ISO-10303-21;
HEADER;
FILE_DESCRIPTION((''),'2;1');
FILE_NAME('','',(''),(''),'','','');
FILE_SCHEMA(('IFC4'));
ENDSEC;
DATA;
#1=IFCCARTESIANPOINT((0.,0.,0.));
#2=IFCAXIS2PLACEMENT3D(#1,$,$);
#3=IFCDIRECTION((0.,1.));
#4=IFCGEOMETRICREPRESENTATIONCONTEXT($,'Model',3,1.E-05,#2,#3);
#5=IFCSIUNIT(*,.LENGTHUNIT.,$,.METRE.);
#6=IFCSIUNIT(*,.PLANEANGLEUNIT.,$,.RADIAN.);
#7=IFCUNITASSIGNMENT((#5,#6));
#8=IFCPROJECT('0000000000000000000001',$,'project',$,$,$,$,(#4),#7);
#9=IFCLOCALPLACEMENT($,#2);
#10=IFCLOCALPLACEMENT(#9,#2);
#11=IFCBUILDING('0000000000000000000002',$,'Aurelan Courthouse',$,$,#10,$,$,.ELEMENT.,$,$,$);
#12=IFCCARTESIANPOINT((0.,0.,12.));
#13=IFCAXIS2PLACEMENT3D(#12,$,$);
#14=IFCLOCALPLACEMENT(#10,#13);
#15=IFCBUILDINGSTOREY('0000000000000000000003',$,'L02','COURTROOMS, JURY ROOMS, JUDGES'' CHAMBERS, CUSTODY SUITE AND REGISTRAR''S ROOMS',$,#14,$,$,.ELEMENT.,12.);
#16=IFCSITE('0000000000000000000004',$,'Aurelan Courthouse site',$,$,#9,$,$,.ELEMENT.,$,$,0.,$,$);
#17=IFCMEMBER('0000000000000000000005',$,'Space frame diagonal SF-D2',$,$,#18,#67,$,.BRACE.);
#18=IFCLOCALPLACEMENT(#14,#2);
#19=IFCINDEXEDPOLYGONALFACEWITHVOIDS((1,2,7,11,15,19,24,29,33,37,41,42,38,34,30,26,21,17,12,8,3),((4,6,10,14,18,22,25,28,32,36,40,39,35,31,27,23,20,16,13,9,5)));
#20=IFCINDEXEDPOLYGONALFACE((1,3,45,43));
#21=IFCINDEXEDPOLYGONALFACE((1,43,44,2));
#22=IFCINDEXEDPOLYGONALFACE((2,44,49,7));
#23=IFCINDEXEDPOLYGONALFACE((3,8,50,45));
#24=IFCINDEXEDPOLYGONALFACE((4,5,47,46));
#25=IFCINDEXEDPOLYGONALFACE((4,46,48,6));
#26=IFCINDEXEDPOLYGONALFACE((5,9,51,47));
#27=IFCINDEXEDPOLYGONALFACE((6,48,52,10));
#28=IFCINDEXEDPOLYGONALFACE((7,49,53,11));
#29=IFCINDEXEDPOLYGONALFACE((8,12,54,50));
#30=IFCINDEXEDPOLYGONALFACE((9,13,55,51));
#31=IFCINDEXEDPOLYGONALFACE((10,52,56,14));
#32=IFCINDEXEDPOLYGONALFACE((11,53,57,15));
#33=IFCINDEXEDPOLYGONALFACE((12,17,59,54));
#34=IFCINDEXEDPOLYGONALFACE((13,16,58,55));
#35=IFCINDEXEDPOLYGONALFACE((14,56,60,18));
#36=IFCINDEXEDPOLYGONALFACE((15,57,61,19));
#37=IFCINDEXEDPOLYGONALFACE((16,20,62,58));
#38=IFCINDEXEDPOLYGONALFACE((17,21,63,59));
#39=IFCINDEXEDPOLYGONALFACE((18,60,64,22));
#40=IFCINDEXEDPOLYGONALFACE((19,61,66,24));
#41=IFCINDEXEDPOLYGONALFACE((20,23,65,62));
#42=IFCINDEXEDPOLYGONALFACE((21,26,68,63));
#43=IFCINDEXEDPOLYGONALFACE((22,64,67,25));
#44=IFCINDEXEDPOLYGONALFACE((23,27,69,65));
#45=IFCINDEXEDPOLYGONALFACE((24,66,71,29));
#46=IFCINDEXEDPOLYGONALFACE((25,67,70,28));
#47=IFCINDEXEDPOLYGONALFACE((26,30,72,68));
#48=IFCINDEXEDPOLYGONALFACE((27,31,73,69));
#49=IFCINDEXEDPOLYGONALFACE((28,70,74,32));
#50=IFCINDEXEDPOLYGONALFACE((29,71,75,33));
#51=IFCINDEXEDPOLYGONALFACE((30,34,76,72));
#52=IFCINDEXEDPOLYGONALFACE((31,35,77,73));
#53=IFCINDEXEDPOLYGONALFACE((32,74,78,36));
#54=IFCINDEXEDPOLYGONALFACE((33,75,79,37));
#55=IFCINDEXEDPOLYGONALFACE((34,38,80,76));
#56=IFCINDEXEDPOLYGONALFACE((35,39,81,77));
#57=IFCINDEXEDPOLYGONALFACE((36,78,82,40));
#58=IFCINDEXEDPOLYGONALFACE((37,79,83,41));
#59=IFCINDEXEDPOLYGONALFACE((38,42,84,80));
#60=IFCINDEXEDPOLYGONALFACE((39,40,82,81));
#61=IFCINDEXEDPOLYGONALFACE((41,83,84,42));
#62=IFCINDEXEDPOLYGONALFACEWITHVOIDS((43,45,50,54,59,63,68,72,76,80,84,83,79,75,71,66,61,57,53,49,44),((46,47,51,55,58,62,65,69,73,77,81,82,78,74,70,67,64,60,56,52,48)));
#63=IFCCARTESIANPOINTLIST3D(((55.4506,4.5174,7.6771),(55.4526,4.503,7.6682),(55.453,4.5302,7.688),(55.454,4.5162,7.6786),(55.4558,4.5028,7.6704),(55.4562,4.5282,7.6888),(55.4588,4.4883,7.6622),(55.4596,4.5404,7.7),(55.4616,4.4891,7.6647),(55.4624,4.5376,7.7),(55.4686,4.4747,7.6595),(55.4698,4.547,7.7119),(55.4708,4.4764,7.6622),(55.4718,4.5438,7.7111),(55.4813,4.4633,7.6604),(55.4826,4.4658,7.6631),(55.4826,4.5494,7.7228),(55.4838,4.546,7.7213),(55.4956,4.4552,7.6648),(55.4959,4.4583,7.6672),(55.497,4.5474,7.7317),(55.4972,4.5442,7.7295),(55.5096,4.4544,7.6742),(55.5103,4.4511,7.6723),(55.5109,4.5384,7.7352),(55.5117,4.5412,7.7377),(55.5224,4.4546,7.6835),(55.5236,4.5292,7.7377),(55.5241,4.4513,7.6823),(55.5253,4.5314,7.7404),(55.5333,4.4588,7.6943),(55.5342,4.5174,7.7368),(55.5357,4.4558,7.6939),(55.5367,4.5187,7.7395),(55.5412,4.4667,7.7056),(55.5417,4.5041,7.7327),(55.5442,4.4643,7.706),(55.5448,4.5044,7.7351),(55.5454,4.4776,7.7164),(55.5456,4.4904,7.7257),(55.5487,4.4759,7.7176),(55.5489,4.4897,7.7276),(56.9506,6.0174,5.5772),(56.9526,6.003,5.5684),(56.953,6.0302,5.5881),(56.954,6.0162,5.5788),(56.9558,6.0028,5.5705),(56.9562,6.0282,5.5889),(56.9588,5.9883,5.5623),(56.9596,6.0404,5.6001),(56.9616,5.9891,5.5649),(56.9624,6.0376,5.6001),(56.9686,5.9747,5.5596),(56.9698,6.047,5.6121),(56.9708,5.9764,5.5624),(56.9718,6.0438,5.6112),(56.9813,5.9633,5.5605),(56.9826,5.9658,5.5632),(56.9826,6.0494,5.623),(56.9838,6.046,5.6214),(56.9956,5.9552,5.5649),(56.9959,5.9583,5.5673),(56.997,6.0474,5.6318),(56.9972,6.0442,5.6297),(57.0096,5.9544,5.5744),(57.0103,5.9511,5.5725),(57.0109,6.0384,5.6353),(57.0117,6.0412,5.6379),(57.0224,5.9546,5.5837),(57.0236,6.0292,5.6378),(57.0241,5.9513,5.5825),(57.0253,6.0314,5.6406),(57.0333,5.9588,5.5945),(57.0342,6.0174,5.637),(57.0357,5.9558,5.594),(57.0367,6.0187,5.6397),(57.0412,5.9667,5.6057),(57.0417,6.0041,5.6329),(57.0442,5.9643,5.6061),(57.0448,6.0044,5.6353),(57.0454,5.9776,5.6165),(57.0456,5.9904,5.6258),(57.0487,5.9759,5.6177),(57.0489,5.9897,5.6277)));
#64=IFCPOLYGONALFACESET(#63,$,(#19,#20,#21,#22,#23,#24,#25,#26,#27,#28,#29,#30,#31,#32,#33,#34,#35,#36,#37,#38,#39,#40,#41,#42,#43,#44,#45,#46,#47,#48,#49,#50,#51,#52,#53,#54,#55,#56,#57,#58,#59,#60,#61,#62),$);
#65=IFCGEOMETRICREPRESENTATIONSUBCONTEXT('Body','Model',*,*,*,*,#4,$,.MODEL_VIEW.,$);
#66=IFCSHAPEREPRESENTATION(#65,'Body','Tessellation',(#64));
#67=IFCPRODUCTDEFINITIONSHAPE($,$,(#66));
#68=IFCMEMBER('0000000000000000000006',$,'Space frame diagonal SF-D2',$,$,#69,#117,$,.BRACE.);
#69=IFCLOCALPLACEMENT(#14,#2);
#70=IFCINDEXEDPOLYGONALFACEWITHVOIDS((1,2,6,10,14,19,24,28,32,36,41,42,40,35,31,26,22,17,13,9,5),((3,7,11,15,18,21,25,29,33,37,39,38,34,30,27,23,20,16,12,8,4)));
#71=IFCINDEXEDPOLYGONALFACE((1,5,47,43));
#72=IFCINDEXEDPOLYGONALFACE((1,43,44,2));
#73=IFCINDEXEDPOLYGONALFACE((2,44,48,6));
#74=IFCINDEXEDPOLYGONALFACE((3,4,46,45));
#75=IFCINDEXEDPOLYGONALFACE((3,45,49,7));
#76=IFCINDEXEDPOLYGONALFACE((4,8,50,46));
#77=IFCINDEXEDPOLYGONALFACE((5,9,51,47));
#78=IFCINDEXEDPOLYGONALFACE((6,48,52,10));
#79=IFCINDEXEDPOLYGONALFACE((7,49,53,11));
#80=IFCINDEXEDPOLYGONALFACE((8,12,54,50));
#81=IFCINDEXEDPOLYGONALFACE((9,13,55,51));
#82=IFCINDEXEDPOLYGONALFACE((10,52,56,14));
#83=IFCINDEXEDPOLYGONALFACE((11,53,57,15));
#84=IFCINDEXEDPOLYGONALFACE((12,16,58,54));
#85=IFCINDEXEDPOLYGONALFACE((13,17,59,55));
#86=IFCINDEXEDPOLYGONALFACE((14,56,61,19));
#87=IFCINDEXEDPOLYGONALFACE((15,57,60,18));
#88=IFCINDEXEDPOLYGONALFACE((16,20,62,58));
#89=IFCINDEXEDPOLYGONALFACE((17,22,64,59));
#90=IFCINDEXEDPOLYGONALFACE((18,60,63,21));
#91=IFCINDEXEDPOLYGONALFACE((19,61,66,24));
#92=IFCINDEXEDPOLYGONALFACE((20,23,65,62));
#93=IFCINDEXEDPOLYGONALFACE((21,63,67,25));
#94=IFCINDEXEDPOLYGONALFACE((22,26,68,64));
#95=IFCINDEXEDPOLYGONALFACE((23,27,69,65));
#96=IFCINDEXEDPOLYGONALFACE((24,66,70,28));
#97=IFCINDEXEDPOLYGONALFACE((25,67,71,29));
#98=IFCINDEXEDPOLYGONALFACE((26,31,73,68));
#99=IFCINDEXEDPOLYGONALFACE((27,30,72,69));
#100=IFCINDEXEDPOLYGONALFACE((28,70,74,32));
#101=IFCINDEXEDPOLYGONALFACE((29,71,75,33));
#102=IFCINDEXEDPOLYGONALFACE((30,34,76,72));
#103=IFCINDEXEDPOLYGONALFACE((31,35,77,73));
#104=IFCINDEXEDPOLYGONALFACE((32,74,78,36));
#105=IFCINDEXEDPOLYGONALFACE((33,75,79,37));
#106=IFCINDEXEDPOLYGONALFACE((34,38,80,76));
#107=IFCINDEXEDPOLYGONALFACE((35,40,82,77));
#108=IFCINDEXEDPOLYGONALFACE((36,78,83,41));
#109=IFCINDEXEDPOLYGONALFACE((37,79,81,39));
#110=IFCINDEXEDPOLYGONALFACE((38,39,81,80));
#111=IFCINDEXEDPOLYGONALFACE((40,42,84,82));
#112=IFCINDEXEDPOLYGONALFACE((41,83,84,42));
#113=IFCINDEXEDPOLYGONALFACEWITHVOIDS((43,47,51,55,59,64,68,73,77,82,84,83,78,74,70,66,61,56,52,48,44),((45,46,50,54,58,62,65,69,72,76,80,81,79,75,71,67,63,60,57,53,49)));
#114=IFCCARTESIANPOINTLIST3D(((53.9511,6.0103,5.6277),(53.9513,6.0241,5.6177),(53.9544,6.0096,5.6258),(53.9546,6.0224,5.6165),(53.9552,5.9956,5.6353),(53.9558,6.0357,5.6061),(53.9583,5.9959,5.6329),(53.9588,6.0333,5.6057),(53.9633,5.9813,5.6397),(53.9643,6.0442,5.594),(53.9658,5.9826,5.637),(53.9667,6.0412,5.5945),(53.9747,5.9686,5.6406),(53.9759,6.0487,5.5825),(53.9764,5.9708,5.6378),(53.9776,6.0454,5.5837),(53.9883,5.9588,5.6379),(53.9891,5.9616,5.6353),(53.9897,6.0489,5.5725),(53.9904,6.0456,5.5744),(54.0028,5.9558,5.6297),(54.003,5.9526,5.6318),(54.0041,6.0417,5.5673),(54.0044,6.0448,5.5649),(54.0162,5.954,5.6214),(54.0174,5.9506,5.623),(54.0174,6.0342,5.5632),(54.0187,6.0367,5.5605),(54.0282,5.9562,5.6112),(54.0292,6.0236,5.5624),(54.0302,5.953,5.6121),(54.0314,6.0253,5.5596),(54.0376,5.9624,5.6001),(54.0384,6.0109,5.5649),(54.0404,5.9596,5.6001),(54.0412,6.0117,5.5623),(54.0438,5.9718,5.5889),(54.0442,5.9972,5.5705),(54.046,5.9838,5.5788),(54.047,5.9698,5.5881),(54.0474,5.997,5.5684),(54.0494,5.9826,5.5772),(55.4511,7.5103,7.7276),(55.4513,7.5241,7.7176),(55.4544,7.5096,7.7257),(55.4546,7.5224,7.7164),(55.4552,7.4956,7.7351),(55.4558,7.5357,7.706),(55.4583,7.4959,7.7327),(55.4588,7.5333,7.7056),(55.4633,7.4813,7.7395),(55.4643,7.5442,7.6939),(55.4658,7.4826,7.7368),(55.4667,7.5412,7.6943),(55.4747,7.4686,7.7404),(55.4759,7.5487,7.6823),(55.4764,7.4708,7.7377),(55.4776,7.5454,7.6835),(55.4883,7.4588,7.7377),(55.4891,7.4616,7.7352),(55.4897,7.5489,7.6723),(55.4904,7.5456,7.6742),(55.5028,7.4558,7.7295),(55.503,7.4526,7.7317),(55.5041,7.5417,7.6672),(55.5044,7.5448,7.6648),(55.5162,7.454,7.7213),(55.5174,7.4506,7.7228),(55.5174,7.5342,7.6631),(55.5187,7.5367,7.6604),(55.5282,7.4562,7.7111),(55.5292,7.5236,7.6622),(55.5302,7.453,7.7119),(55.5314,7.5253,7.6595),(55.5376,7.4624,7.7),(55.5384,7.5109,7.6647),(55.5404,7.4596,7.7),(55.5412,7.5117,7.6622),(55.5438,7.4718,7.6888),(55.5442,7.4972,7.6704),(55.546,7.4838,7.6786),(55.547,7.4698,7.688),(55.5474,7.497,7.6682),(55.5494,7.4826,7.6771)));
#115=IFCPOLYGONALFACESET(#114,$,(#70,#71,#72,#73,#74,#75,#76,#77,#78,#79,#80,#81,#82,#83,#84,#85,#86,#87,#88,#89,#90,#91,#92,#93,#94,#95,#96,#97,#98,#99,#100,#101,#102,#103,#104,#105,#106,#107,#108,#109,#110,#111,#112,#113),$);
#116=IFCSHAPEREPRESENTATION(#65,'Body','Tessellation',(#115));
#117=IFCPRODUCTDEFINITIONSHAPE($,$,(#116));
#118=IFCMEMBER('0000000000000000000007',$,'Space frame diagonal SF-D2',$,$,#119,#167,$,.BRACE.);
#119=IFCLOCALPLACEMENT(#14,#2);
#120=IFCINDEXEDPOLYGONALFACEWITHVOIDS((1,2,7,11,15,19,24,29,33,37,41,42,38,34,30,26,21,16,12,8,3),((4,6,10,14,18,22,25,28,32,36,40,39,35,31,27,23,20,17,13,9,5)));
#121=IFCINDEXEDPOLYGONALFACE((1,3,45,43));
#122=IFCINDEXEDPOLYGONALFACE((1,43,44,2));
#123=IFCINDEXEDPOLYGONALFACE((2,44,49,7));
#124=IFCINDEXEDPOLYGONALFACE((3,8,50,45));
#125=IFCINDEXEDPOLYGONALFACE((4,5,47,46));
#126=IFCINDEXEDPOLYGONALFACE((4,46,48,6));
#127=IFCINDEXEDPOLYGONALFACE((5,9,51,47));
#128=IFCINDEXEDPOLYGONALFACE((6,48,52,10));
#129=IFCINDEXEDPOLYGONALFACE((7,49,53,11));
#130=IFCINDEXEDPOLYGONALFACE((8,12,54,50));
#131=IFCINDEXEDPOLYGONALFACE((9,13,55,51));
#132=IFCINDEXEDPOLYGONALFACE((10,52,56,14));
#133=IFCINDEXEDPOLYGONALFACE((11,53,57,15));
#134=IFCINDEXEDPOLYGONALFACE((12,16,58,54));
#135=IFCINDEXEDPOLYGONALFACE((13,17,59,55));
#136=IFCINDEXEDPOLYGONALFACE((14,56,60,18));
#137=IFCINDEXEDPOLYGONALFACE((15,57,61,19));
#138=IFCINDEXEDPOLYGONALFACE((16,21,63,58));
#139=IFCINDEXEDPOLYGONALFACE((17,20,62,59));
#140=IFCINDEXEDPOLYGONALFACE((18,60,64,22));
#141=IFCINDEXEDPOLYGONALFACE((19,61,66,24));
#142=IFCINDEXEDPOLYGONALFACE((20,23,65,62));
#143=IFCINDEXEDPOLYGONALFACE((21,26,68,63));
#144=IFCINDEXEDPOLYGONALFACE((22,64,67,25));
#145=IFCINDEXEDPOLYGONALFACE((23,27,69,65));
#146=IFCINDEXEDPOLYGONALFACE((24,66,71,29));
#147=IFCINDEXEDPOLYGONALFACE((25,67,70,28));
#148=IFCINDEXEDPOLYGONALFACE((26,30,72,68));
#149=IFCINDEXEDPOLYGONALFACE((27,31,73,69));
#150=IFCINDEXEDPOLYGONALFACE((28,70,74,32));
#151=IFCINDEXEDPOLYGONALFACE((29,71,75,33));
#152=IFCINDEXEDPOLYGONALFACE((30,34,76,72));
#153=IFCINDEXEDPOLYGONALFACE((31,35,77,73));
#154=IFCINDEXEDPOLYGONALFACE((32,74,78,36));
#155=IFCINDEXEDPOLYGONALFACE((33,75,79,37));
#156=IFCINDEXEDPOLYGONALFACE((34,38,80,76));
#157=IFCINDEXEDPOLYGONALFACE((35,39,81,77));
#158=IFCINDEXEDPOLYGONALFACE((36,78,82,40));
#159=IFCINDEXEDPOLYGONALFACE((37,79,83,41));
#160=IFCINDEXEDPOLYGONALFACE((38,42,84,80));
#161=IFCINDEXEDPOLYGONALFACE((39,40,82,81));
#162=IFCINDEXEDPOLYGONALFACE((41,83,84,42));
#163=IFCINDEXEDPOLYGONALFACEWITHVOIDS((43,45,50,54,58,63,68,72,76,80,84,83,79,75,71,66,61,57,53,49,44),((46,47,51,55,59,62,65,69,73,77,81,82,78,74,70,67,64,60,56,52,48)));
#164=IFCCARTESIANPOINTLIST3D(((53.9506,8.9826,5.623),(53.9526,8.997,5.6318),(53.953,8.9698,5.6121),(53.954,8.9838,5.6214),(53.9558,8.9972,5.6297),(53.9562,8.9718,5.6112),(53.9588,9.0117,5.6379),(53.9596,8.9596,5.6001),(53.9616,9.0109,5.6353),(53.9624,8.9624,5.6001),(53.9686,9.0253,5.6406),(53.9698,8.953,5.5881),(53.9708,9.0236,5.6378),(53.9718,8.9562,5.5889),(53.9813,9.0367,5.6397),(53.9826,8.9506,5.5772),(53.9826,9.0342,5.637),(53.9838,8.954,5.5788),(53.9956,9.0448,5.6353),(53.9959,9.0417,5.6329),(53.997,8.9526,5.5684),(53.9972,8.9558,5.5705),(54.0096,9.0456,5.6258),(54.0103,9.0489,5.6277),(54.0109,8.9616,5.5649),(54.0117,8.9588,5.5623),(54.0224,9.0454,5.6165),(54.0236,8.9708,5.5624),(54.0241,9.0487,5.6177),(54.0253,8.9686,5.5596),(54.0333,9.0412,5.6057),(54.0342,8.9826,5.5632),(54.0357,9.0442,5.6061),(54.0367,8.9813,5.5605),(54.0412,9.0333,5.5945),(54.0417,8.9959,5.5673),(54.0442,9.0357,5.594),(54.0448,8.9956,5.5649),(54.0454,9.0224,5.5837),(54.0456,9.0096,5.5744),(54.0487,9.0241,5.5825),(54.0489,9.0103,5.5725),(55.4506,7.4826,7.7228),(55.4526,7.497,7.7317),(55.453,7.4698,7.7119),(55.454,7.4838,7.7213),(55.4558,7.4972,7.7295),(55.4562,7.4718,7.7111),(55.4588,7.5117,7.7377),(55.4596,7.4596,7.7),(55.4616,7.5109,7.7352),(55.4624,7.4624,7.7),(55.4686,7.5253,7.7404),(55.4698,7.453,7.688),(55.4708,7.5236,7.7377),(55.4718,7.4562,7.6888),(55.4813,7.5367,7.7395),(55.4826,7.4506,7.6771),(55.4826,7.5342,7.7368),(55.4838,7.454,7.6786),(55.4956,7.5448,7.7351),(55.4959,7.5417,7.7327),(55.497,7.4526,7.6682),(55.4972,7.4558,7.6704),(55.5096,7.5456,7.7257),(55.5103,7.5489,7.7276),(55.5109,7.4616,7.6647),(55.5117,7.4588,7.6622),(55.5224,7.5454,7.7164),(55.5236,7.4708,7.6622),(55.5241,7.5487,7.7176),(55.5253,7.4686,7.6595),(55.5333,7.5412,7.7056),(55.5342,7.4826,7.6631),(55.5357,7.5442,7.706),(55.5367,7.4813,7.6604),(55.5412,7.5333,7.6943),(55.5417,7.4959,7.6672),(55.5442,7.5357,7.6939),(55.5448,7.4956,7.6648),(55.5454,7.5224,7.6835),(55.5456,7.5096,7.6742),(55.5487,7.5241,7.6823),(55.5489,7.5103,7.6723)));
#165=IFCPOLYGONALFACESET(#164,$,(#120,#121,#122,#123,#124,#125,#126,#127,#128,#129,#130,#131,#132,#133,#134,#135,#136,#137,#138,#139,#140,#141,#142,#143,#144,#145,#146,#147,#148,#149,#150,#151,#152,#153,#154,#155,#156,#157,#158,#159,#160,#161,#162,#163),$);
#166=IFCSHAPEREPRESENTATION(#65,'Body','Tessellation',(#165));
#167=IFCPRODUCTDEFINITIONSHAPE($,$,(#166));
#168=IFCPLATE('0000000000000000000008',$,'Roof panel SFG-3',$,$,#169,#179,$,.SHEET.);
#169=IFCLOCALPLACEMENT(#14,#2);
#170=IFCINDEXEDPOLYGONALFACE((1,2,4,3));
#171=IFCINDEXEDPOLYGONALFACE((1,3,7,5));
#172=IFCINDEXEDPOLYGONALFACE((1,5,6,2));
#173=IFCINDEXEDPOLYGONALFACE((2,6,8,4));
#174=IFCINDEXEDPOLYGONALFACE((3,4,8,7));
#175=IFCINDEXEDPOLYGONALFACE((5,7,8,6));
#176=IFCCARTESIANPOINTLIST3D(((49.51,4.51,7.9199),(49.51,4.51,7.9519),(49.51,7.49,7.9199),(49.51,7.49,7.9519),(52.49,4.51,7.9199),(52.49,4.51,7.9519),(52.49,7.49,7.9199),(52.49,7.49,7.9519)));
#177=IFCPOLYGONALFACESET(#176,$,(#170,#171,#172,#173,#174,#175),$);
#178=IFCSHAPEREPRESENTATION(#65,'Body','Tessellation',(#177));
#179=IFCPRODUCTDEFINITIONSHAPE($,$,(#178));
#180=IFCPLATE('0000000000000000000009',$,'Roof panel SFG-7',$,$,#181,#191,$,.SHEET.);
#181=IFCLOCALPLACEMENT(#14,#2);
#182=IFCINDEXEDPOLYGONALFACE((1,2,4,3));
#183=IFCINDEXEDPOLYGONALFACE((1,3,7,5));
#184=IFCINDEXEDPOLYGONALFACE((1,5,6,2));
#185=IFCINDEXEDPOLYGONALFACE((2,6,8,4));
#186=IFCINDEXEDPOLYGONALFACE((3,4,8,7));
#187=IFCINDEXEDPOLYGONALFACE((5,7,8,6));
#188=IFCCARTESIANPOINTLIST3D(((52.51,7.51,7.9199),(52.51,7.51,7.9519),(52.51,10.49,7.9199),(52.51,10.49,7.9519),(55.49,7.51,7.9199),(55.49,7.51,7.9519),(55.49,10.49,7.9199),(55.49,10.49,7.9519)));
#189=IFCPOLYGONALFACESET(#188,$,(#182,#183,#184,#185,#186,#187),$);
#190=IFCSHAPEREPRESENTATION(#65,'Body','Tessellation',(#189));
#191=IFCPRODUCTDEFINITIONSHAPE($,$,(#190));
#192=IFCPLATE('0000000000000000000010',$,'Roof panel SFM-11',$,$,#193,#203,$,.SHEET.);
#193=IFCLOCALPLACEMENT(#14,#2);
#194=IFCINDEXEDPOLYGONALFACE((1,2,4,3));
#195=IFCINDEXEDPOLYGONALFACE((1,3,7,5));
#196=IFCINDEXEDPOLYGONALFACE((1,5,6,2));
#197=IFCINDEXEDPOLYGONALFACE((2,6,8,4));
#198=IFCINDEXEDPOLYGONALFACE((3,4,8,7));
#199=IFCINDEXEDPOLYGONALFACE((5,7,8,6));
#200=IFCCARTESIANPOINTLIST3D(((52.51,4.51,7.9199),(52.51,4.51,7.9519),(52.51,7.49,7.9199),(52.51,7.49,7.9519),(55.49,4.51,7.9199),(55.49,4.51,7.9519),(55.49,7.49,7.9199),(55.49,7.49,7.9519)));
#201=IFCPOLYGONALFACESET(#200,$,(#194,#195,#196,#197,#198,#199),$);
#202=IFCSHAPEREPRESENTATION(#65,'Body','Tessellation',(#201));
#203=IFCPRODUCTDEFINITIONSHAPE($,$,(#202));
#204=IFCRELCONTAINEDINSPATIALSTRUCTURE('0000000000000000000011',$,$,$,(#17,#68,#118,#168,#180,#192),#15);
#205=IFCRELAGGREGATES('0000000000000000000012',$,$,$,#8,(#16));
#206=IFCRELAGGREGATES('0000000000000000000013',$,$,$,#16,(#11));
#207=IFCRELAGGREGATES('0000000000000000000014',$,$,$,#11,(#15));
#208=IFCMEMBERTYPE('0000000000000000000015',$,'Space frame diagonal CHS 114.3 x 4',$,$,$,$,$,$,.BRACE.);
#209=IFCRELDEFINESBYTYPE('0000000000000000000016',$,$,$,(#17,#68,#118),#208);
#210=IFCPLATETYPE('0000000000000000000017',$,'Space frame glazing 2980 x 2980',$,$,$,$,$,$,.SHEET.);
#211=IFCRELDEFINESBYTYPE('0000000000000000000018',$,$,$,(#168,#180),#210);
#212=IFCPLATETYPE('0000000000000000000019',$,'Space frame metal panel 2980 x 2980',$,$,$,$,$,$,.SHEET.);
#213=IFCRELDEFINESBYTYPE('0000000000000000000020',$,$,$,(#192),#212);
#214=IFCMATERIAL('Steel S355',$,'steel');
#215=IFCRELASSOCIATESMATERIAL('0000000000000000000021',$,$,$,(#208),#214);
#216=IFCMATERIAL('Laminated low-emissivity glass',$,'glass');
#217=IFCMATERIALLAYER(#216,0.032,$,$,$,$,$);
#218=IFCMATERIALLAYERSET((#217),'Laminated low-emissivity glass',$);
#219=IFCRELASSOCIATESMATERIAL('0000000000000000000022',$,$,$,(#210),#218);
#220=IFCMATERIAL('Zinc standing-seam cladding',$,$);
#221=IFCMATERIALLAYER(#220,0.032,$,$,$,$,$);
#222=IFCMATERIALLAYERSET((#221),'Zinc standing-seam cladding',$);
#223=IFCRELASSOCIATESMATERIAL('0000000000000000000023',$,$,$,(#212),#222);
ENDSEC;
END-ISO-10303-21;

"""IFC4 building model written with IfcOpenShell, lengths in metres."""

from ifc_helpers import new_model, si_unit, direction, frame, origin, origin_2d, place, context, subcontext, project, spatial, rectangle, hollow_circle, extrude, material, layer, layer_set, material_profile, profile_set, type_object, element, save


model = new_model("IFC4")

# Units and contexts
model_context = context("Model", 3, precision=1e-05, world=origin(), true_north=direction((0.0, 1.0)))
body_context = subcontext(model_context, "Body", "Model", "MODEL_VIEW")
ifc_project = project(units=[si_unit("LENGTHUNIT", "METRE"), si_unit("PLANEANGLEUNIT", "RADIAN")], contexts=[model_context])

# Site, building, storey
site_placement = place(None, origin())
site = spatial("IfcSite", under=ifc_project, at=site_placement, Name="Aurelan Courthouse site", CompositionType="ELEMENT", RefElevation=0.0)
building_placement = place(site_placement, origin())
building = spatial("IfcBuilding", under=site, at=building_placement, Name="Aurelan Courthouse", CompositionType="ELEMENT")
storey_placement = place(building_placement, frame((0.0, 0.0, 12.0)))
storey = spatial("IfcBuildingStorey", under=building, at=storey_placement, Name="L02", Description="COURTROOMS, JURY ROOMS, JUDGES' CHAMBERS, CUSTODY SUITE AND REGISTRAR'S ROOMS", CompositionType="ELEMENT", Elevation=12.0)

# Members
ifc_material_1 = material(Name="Steel S355", Category="steel")
ifc_material_profile_1 = material_profile(ifc_material_1, hollow_circle(Radius=0.0571, WallThickness=0.0039, at=origin_2d()), Name="CHS 114.3 x 4")
ifc_profile_set_1 = profile_set([ifc_material_profile_1], Name="Steel S355")
member_type_1 = type_object("IfcMemberType", Name="Space frame diagonal CHS 114.3 x 4", PredefinedType="BRACE", material=ifc_profile_set_1)
for number, where, z_axis, x_axis, name in (
    (1, (55.5, 4.5, 7.7), (0.502536, 0.502536, -0.703502), (-0.707107, 0.707107, 0.0), "Space frame diagonal SF-D2"),
    (2, (55.5, 7.5, 7.7), (-0.502536, -0.502536, -0.703502), (0.707107, -0.707107, 0.0), "Space frame diagonal SF-D2"),
    (3, (55.5, 7.5, 7.7), (-0.502536, 0.502536, -0.703502), (-0.707107, -0.707107, 0.0), "Space frame diagonal SF-D2"),
):
    element("IfcMember", number, at=place(storey_placement, frame(where, z_axis=z_axis, x_axis=x_axis)), inside=storey, type_object=member_type_1, Name=name, PredefinedType="BRACE", context=body_context, shape_type="SweptSolid", body=[
        extrude(hollow_circle(Radius=0.0571, WallThickness=0.0039, at=origin_2d()), origin(), (0.0, 0.0, 1.0), 2.9849),
    ])

# Plates
ifc_material_2 = material(Name="Laminated low-emissivity glass", Category="glass")
ifc_layer_1 = layer(ifc_material_2, 0.032)
ifc_layer_set_1 = layer_set([ifc_layer_1], Name="Laminated low-emissivity glass")
plate_type_1 = type_object("IfcPlateType", Name="Space frame glazing 2980 x 2980", PredefinedType="SHEET", material=ifc_layer_set_1)
for number, where, z_axis, x_axis, name in (
    (4, (51.0, 6.0, 7.9199), (0.0, 0.0, 1.0), (1.0, 0.0, 0.0), "Roof panel SFG-3"),
    (5, (54.0, 9.0, 7.9199), (0.0, 0.0, 1.0), (1.0, 0.0, 0.0), "Roof panel SFG-7"),
):
    element("IfcPlate", number, at=place(storey_placement, frame(where, z_axis=z_axis, x_axis=x_axis)), inside=storey, type_object=plate_type_1, Name=name, PredefinedType="SHEET", context=body_context, shape_type="SweptSolid", body=[
        extrude(rectangle(XDim=2.98, YDim=2.98, at=origin_2d()), origin(), (0.0, 0.0, 1.0), 0.032),
    ])
ifc_material_3 = material(Name="Zinc standing-seam cladding")
ifc_layer_2 = layer(ifc_material_3, 0.032)
ifc_layer_set_2 = layer_set([ifc_layer_2], Name="Zinc standing-seam cladding")
plate_type_2 = type_object("IfcPlateType", Name="Space frame metal panel 2980 x 2980", PredefinedType="SHEET", material=ifc_layer_set_2)
for number, where, z_axis, x_axis, name in (
    (6, (54.0, 6.0, 7.9199), (0.0, 0.0, 1.0), (1.0, 0.0, 0.0), "Roof panel SFM-11"),
):
    element("IfcPlate", number, at=place(storey_placement, frame(where, z_axis=z_axis, x_axis=x_axis)), inside=storey, type_object=plate_type_2, Name=name, PredefinedType="SHEET", context=body_context, shape_type="SweptSolid", body=[
        extrude(rectangle(XDim=2.98, YDim=2.98, at=origin_2d()), origin(), (0.0, 0.0, 1.0), 0.032),
    ])

save(model, "model.ifc")
